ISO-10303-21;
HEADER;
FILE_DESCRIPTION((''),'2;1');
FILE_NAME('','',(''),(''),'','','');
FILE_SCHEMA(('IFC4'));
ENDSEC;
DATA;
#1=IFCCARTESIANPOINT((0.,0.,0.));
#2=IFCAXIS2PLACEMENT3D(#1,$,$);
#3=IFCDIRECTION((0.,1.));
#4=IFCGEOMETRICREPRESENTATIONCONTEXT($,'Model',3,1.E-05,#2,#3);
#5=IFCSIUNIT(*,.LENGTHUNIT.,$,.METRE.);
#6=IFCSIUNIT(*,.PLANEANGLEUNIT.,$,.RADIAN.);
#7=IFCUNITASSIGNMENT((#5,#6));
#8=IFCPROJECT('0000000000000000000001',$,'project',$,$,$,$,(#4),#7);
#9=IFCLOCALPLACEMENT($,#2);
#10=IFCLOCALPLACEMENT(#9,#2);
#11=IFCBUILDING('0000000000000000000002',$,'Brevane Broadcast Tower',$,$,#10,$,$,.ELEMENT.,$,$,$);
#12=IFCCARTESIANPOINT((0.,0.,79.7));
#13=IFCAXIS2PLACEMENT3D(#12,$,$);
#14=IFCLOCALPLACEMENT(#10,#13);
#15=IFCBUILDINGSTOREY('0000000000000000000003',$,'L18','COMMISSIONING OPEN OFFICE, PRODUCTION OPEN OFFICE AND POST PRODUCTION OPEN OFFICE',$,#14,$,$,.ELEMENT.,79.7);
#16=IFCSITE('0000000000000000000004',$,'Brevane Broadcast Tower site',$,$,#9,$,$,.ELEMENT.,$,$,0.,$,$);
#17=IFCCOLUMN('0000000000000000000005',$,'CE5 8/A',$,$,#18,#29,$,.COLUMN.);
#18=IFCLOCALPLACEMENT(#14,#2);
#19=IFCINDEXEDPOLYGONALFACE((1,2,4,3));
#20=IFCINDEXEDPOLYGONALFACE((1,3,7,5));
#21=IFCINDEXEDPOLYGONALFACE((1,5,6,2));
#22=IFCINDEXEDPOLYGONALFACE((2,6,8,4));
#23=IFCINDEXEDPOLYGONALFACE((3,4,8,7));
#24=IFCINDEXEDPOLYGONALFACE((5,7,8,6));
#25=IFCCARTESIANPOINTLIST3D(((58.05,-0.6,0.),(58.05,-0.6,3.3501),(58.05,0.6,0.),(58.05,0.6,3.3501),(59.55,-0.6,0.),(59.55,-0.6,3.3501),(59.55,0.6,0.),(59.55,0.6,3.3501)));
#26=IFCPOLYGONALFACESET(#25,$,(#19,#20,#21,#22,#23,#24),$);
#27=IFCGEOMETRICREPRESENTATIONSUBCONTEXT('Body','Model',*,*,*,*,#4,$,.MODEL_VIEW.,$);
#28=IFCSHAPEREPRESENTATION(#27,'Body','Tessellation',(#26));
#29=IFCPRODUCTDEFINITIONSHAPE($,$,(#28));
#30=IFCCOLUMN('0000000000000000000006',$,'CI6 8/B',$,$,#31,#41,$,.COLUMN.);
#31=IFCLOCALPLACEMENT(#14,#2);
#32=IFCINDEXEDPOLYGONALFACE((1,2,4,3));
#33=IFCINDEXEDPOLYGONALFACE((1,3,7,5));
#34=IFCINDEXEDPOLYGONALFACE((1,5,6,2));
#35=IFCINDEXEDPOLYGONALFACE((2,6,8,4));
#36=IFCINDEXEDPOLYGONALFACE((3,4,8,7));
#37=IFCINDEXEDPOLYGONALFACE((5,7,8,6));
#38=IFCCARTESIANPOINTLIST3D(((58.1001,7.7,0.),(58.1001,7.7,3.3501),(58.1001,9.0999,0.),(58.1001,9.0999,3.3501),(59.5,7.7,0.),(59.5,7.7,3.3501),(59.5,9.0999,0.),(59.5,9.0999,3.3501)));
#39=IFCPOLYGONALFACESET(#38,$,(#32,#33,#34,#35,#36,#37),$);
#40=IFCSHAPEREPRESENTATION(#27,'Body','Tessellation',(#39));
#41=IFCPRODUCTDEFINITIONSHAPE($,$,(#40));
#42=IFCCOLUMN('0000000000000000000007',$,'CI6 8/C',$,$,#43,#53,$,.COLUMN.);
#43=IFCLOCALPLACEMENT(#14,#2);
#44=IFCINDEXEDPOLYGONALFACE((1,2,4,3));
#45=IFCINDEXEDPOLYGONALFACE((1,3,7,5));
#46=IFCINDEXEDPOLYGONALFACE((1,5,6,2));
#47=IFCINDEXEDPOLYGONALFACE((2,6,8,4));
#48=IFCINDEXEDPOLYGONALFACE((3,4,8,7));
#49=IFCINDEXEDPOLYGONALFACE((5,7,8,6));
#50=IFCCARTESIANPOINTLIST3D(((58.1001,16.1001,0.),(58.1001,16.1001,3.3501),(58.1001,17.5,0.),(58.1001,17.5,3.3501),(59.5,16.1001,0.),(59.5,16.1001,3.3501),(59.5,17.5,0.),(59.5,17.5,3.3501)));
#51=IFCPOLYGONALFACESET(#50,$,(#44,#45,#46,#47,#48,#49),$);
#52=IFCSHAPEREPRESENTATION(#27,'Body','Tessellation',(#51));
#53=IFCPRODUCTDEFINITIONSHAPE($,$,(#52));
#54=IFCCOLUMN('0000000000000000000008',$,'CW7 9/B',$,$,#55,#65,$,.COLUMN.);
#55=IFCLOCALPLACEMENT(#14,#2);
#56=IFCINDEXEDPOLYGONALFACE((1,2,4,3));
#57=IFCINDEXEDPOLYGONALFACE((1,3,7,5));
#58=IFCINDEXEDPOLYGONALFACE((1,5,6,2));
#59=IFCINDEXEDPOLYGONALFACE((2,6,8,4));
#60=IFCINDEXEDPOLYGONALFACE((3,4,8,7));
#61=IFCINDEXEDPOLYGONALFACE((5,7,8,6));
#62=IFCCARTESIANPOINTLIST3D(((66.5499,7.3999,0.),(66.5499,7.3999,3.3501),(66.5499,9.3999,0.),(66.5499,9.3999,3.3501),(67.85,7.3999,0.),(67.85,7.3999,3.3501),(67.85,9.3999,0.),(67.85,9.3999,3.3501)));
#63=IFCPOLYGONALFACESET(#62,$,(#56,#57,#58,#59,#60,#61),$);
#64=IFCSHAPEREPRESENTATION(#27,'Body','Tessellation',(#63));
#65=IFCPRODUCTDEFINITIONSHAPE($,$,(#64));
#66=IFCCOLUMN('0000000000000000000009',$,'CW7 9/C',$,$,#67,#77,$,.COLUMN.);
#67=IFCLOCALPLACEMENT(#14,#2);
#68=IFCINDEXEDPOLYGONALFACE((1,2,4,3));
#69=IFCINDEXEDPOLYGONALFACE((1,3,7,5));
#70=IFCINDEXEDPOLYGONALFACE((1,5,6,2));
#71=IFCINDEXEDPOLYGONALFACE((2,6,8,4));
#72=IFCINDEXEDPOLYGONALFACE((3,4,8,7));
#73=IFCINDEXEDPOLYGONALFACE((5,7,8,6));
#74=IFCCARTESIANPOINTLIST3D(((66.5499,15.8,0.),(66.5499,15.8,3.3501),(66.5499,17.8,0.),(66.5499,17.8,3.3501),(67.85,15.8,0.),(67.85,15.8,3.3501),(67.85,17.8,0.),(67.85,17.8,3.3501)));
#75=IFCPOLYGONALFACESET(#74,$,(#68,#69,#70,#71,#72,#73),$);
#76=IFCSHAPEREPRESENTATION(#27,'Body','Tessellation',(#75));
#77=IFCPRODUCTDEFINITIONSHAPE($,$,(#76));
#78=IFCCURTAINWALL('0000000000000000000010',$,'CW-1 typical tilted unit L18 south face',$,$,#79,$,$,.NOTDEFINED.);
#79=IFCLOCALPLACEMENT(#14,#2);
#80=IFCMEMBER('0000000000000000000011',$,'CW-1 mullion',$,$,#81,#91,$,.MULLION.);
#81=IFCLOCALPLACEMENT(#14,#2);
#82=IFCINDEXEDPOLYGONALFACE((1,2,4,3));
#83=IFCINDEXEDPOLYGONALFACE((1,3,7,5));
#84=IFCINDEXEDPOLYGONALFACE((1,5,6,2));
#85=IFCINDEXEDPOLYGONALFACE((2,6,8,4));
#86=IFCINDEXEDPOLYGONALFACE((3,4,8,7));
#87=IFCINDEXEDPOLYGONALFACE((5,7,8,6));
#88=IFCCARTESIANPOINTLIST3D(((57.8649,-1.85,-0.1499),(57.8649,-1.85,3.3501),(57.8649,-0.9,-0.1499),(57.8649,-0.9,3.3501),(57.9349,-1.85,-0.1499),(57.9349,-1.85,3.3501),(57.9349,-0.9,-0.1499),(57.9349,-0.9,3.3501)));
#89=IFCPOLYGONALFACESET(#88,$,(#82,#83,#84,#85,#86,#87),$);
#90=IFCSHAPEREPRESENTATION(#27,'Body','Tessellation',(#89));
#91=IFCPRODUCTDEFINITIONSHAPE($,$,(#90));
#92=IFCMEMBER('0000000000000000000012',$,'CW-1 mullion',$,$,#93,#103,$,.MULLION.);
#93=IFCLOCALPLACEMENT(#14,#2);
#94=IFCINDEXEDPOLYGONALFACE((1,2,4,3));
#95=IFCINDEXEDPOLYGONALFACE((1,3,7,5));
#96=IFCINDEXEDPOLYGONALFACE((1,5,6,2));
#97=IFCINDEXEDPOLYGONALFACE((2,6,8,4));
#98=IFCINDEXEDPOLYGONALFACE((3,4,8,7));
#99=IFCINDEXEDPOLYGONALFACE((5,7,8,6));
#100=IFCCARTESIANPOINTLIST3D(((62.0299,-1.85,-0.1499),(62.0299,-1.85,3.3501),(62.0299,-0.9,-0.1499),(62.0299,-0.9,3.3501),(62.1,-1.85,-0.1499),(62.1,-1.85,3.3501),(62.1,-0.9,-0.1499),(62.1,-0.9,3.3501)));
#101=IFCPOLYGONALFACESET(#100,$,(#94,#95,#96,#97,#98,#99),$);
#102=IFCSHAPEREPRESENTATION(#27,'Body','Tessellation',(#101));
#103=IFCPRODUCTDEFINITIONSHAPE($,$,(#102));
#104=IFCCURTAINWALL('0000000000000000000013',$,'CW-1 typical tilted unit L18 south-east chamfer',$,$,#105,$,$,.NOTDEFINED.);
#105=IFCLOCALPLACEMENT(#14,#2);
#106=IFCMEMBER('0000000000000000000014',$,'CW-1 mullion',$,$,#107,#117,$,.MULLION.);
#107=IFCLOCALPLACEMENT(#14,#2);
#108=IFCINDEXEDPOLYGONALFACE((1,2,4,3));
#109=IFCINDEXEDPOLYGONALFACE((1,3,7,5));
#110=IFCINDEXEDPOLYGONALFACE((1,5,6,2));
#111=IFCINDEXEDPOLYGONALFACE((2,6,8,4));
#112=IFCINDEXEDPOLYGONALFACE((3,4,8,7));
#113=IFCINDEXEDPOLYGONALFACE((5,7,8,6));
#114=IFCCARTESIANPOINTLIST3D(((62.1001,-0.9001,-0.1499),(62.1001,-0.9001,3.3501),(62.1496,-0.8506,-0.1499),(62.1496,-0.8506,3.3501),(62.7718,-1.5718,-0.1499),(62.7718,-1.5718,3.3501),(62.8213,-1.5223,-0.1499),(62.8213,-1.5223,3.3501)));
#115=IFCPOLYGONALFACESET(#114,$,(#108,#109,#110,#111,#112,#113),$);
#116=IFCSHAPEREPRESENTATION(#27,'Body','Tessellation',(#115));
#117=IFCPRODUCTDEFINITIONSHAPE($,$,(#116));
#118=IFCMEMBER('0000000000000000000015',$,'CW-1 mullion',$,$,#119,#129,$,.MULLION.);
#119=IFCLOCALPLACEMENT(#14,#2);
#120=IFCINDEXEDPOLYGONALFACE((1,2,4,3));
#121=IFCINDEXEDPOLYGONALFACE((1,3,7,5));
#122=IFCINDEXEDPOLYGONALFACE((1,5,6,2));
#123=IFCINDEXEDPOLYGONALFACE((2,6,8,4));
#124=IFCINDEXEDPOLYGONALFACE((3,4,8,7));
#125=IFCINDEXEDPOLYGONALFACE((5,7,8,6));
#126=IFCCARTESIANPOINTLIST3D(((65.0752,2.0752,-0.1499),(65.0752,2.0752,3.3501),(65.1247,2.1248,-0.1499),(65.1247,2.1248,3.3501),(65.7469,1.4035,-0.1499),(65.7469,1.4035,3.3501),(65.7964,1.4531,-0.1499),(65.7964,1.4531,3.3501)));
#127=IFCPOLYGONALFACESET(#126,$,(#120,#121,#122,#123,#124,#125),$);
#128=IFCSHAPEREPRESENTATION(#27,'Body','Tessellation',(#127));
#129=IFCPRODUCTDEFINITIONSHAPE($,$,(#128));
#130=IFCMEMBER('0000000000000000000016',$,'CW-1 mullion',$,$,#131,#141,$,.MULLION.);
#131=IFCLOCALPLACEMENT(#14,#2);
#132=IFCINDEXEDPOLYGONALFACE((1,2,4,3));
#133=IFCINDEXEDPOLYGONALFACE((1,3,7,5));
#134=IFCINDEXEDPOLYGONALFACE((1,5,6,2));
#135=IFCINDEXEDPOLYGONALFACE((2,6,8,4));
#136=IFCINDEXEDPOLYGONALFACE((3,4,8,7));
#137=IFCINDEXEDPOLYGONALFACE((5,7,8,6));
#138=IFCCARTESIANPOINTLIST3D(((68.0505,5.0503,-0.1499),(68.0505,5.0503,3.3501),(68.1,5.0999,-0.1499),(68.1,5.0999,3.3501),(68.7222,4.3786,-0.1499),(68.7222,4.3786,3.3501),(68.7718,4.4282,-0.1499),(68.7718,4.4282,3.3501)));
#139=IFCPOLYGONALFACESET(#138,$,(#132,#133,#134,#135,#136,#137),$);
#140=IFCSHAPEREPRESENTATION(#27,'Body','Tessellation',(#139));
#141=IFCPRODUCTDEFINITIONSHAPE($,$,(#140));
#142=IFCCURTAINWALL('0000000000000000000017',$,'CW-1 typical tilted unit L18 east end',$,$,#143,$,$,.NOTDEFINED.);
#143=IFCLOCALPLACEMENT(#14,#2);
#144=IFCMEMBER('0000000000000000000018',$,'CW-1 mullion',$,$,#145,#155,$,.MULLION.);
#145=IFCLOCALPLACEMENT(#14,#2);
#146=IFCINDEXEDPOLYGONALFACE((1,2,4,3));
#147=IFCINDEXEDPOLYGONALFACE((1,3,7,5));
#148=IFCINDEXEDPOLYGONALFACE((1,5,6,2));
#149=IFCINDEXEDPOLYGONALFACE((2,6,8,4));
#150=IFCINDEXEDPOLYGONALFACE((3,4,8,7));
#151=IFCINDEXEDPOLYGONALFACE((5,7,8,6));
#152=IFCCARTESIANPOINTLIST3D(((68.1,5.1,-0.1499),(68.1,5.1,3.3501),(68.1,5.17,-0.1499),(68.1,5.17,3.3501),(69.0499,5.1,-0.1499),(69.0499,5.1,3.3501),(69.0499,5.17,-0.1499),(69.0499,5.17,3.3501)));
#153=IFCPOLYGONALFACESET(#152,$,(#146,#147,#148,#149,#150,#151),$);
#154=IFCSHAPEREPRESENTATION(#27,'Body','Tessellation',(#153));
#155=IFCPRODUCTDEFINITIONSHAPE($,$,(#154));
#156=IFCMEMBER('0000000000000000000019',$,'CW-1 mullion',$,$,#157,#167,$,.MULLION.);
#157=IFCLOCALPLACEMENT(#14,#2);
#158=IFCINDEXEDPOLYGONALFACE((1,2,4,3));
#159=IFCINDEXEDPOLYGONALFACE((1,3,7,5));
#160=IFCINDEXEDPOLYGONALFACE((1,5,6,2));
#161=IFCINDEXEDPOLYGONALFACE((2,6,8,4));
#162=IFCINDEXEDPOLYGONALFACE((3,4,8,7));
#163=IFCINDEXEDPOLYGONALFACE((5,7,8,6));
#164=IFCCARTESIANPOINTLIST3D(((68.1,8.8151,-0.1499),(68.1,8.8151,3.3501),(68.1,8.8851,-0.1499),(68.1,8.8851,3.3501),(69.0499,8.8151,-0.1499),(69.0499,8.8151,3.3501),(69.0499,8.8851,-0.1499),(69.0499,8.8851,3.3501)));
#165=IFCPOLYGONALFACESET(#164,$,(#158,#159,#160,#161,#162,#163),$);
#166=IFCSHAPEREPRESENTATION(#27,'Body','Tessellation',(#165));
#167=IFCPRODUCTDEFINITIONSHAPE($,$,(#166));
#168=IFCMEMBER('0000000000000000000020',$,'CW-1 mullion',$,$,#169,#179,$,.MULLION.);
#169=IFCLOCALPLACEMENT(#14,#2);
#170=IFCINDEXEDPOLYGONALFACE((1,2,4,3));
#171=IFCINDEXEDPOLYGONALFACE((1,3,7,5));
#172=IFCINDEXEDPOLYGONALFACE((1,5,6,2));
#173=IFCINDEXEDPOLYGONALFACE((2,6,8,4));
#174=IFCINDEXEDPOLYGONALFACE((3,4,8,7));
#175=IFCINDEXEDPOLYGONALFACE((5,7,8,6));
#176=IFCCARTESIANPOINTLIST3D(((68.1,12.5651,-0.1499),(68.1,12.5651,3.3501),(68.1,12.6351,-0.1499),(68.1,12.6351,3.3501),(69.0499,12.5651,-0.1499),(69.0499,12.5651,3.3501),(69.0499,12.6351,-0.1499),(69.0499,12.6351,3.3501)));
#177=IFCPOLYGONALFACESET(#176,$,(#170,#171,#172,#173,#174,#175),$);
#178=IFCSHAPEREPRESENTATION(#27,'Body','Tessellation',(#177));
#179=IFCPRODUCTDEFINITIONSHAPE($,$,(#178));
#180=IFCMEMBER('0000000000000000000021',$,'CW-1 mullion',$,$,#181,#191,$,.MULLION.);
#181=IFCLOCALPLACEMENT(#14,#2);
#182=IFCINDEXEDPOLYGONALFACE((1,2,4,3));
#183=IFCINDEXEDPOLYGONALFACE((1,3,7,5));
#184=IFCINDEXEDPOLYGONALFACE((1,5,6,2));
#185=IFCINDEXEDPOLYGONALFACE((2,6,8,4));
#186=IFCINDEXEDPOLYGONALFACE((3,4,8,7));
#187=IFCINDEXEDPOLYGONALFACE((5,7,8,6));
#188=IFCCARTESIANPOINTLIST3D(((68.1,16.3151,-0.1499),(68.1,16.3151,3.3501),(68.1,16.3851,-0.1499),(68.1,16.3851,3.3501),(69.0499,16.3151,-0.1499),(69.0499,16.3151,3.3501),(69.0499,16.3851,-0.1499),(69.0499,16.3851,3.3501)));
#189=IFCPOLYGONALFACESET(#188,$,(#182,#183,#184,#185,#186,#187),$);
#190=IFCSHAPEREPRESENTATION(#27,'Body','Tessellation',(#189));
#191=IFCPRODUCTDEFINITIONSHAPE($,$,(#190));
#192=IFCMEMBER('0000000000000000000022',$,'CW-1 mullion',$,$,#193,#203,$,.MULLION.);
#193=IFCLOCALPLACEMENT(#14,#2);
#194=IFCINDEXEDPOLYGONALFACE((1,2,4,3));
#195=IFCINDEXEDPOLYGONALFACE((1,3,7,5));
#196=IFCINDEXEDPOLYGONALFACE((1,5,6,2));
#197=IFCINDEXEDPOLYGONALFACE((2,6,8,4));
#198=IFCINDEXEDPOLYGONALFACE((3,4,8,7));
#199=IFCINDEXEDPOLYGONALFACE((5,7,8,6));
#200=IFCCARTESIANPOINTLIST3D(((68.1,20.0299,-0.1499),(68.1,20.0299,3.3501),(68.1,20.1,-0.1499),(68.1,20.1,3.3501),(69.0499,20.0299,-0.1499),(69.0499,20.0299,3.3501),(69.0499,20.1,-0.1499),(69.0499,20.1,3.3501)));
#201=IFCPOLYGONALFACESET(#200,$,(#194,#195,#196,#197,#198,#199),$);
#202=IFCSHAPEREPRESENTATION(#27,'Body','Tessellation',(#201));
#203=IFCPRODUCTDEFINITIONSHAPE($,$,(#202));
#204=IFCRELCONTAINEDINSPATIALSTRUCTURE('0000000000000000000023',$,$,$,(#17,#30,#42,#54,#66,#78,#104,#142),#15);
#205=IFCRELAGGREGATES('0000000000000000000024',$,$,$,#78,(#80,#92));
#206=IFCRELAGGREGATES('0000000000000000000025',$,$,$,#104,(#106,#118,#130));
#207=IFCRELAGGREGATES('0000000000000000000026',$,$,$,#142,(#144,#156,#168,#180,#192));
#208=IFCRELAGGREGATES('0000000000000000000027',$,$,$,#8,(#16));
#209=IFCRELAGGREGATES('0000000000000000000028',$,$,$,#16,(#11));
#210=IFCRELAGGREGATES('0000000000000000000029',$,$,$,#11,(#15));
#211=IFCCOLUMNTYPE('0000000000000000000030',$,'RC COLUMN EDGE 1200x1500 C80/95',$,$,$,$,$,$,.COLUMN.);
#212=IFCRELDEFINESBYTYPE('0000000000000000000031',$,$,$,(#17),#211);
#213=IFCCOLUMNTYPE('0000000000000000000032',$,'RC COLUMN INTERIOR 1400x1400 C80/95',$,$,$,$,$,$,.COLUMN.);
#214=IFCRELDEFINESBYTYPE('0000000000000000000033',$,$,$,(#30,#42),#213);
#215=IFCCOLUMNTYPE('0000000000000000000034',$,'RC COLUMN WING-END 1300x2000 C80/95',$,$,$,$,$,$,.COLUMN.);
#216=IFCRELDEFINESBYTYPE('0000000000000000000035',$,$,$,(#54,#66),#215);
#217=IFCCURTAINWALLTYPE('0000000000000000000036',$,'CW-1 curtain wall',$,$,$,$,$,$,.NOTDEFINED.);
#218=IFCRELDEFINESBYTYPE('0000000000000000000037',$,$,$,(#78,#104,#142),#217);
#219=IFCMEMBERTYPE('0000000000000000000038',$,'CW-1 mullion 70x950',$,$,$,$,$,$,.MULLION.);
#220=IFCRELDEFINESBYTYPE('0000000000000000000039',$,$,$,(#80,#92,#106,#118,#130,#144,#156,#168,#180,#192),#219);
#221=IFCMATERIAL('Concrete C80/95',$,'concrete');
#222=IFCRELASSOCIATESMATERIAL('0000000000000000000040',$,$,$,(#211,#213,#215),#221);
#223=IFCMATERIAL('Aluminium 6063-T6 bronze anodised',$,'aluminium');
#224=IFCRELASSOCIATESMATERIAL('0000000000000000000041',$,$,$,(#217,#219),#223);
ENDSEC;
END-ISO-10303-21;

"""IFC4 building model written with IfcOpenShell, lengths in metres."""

from ifc_helpers import new_model, si_unit, direction, frame, origin, origin_2d, place, context, subcontext, project, spatial, rectangle, extrude, material, material_profile, profile_set, type_object, element, aggregate, save


model = new_model("IFC4")

# Units and contexts
model_context = context("Model", 3, precision=1e-05, world=origin(), true_north=direction((0.0, 1.0)))
body_context = subcontext(model_context, "Body", "Model", "MODEL_VIEW")
ifc_project = project(units=[si_unit("LENGTHUNIT", "METRE"), si_unit("PLANEANGLEUNIT", "RADIAN")], contexts=[model_context])

# Site, building, storey
site_placement = place(None, origin())
site = spatial("IfcSite", under=ifc_project, at=site_placement, Name="Brevane Broadcast Tower site", CompositionType="ELEMENT", RefElevation=0.0)
building_placement = place(site_placement, origin())
building = spatial("IfcBuilding", under=site, at=building_placement, Name="Brevane Broadcast Tower", CompositionType="ELEMENT")
storey_placement = place(building_placement, frame((0.0, 0.0, 79.7)))
storey = spatial("IfcBuildingStorey", under=building, at=storey_placement, Name="L18", Description="COMMISSIONING OPEN OFFICE, PRODUCTION OPEN OFFICE AND POST PRODUCTION OPEN OFFICE", CompositionType="ELEMENT", Elevation=79.7)

# Columns
ifc_material_1 = material(Name="Concrete C80/95", Category="concrete")
ifc_material_profile_1 = material_profile(ifc_material_1, rectangle(XDim=1.2, YDim=1.5, at=origin_2d()), Name="RC 1200x1500")
ifc_profile_set_1 = profile_set([ifc_material_profile_1], Name="Concrete C80/95")
column_type_1 = type_object("IfcColumnType", Name="RC COLUMN EDGE 1200x1500 C80/95", PredefinedType="COLUMN", material=ifc_profile_set_1)
column_placement = place(storey_placement, frame((58.8, 0.0, 0.0), z_axis=(0.0, 0.0, 1.0), x_axis=(0.0, 1.0, 0.0)))
element("IfcColumn", 1, at=column_placement, inside=storey, type_object=column_type_1, Name="CE5 8/A", PredefinedType="COLUMN", context=body_context, shape_type="SweptSolid", body=[
    extrude(rectangle(XDim=1.2, YDim=1.5, at=origin_2d()), origin(), (0.0, 0.0, 1.0), 3.3501),
])
ifc_material_profile_2 = material_profile(ifc_material_1, rectangle(XDim=1.3999, YDim=1.3999, at=origin_2d()), Name="RC 1400x1400")
ifc_profile_set_2 = profile_set([ifc_material_profile_2], Name="Concrete C80/95")
column_type_2 = type_object("IfcColumnType", Name="RC COLUMN INTERIOR 1400x1400 C80/95", PredefinedType="COLUMN", material=ifc_profile_set_2)
for number, where, z_axis, x_axis, name in (
    (2, (58.8, 8.3999, 0.0), (0.0, 0.0, 1.0), (1.0, 0.0, 0.0), "CI6 8/B"),
    (3, (58.8, 16.8, 0.0), (0.0, 0.0, 1.0), (1.0, 0.0, 0.0), "CI6 8/C"),
):
    element("IfcColumn", number, at=place(storey_placement, frame(where, z_axis=z_axis, x_axis=x_axis)), inside=storey, type_object=column_type_2, Name=name, PredefinedType="COLUMN", context=body_context, shape_type="SweptSolid", body=[
        extrude(rectangle(XDim=1.3999, YDim=1.3999, at=origin_2d()), origin(), (0.0, 0.0, 1.0), 3.3501),
    ])
ifc_material_profile_3 = material_profile(ifc_material_1, rectangle(XDim=1.3, YDim=2.0, at=origin_2d()), Name="RC 1300x2000")
ifc_profile_set_3 = profile_set([ifc_material_profile_3], Name="Concrete C80/95")
column_type_3 = type_object("IfcColumnType", Name="RC COLUMN WING-END 1300x2000 C80/95", PredefinedType="COLUMN", material=ifc_profile_set_3)
for number, where, z_axis, x_axis, name in (
    (4, (67.2, 8.3999, 0.0), (0.0, 0.0, 1.0), (1.0, 0.0, 0.0), "CW7 9/B"),
    (5, (67.2, 16.8, 0.0), (0.0, 0.0, 1.0), (1.0, 0.0, 0.0), "CW7 9/C"),
):
    element("IfcColumn", number, at=place(storey_placement, frame(where, z_axis=z_axis, x_axis=x_axis)), inside=storey, type_object=column_type_3, Name=name, PredefinedType="COLUMN", context=body_context, shape_type="SweptSolid", body=[
        extrude(rectangle(XDim=1.3, YDim=2.0, at=origin_2d()), origin(), (0.0, 0.0, 1.0), 3.3501),
    ])

# Curtain walls, members
ifc_material_2 = material(Name="Aluminium 6063-T6 bronze anodised", Category="aluminium")
curtain_wall_type = type_object("IfcCurtainWallType", Name="CW-1 curtain wall", PredefinedType="NOTDEFINED", material=ifc_material_2)
curtain_wall_1_placement = place(storey_placement, origin())
curtain_wall_1 = element("IfcCurtainWall", 6, at=curtain_wall_1_placement, inside=storey, type_object=curtain_wall_type, Name="CW-1 typical tilted unit L18 south face", PredefinedType="NOTDEFINED")
ifc_material_profile_4 = material_profile(ifc_material_2, rectangle(XDim=0.95, YDim=0.0701, at=origin_2d()), Name="RECT 70x950")
ifc_profile_set_4 = profile_set([ifc_material_profile_4], Name="Aluminium 6063-T6 bronze anodised")
member_type_1 = type_object("IfcMemberType", Name="CW-1 mullion 70x950", PredefinedType="MULLION", material=ifc_profile_set_4)
member_1_placement = place(storey_placement, frame((57.8999, -1.375, -0.1499), z_axis=(0.0, 0.0, 1.0), x_axis=(0.0, 1.0, 0.0)))
member_1 = element("IfcMember", 7, at=member_1_placement, type_object=member_type_1, Name="CW-1 mullion", PredefinedType="MULLION", context=body_context, shape_type="SweptSolid", body=[
    extrude(rectangle(XDim=0.95, YDim=0.0701, at=origin_2d()), origin(), (0.0, 0.0, 1.0), 3.5),
])
member_2_placement = place(storey_placement, frame((62.0649, -1.375, -0.1499), z_axis=(0.0, 0.0, 1.0), x_axis=(0.0, 1.0, 0.0)))
member_2 = element("IfcMember", 8, at=member_2_placement, type_object=member_type_1, Name="CW-1 mullion", PredefinedType="MULLION", context=body_context, shape_type="SweptSolid", body=[
    extrude(rectangle(XDim=0.95, YDim=0.0701, at=origin_2d()), origin(), (0.0, 0.0, 1.0), 3.5),
])
aggregate(curtain_wall_1, [member_1, member_2])
curtain_wall_2_placement = place(storey_placement, origin())
curtain_wall_2 = element("IfcCurtainWall", 9, at=curtain_wall_2_placement, inside=storey, type_object=curtain_wall_type, Name="CW-1 typical tilted unit L18 south-east chamfer", PredefinedType="NOTDEFINED")
member_3_placement = place(storey_placement, frame((62.4607, -1.2112, -0.1499), z_axis=(0.0, 0.0, 1.0), x_axis=(-0.707107, 0.707107, 0.0)))
member_3 = element("IfcMember", 10, at=member_3_placement, type_object=member_type_1, Name="CW-1 mullion", PredefinedType="MULLION", context=body_context, shape_type="SweptSolid", body=[
    extrude(rectangle(XDim=0.95, YDim=0.0701, at=origin_2d()), origin(), (0.0, 0.0, 1.0), 3.5),
])
member_4_placement = place(storey_placement, frame((65.4358, 1.7642, -0.1499), z_axis=(0.0, 0.0, 1.0), x_axis=(-0.707107, 0.707107, 0.0)))
member_4 = element("IfcMember", 11, at=member_4_placement, type_object=member_type_1, Name="CW-1 mullion", PredefinedType="MULLION", context=body_context, shape_type="SweptSolid", body=[
    extrude(rectangle(XDim=0.95, YDim=0.0701, at=origin_2d()), origin(), (0.0, 0.0, 1.0), 3.5),
])
member_5_placement = place(storey_placement, frame((68.4111, 4.7393, -0.1499), z_axis=(0.0, 0.0, 1.0), x_axis=(-0.707107, 0.707107, 0.0)))
member_5 = element("IfcMember", 12, at=member_5_placement, type_object=member_type_1, Name="CW-1 mullion", PredefinedType="MULLION", context=body_context, shape_type="SweptSolid", body=[
    extrude(rectangle(XDim=0.95, YDim=0.0701, at=origin_2d()), origin(), (0.0, 0.0, 1.0), 3.5),
])
curtain_wall_3_placement = place(storey_placement, origin())
curtain_wall_3 = element("IfcCurtainWall", 13, at=curtain_wall_3_placement, inside=storey, type_object=curtain_wall_type, Name="CW-1 typical tilted unit L18 east end", PredefinedType="NOTDEFINED")
member_6_placement = place(storey_placement, frame((68.575, 5.135, -0.1499), z_axis=(0.0, 0.0, 1.0), x_axis=(-1.0, 0.0, 0.0)))
member_6 = element("IfcMember", 14, at=member_6_placement, type_object=member_type_1, Name="CW-1 mullion", PredefinedType="MULLION", context=body_context, shape_type="SweptSolid", body=[
    extrude(rectangle(XDim=0.95, YDim=0.0701, at=origin_2d()), origin(), (0.0, 0.0, 1.0), 3.5),
])
member_7_placement = place(storey_placement, frame((68.575, 8.8501, -0.1499), z_axis=(0.0, 0.0, 1.0), x_axis=(-1.0, 0.0, 0.0)))
member_7 = element("IfcMember", 15, at=member_7_placement, type_object=member_type_1, Name="CW-1 mullion", PredefinedType="MULLION", context=body_context, shape_type="SweptSolid", body=[
    extrude(rectangle(XDim=0.95, YDim=0.0701, at=origin_2d()), origin(), (0.0, 0.0, 1.0), 3.5),
])
member_8_placement = place(storey_placement, frame((68.575, 12.6001, -0.1499), z_axis=(0.0, 0.0, 1.0), x_axis=(-1.0, 0.0, 0.0)))
member_8 = element("IfcMember", 16, at=member_8_placement, type_object=member_type_1, Name="CW-1 mullion", PredefinedType="MULLION", context=body_context, shape_type="SweptSolid", body=[
    extrude(rectangle(XDim=0.95, YDim=0.0701, at=origin_2d()), origin(), (0.0, 0.0, 1.0), 3.5),
])
member_9_placement = place(storey_placement, frame((68.575, 16.3501, -0.1499), z_axis=(0.0, 0.0, 1.0), x_axis=(-1.0, 0.0, 0.0)))
member_9 = element("IfcMember", 17, at=member_9_placement, type_object=member_type_1, Name="CW-1 mullion", PredefinedType="MULLION", context=body_context, shape_type="SweptSolid", body=[
    extrude(rectangle(XDim=0.95, YDim=0.0701, at=origin_2d()), origin(), (0.0, 0.0, 1.0), 3.5),
])
member_10_placement = place(storey_placement, frame((68.575, 20.0649, -0.1499), z_axis=(0.0, 0.0, 1.0), x_axis=(-1.0, 0.0, 0.0)))
member_10 = element("IfcMember", 18, at=member_10_placement, type_object=member_type_1, Name="CW-1 mullion", PredefinedType="MULLION", context=body_context, shape_type="SweptSolid", body=[
    extrude(rectangle(XDim=0.95, YDim=0.0701, at=origin_2d()), origin(), (0.0, 0.0, 1.0), 3.5),
])

aggregate(curtain_wall_2, [member_3, member_4, member_5])
aggregate(curtain_wall_3, [member_6, member_7, member_8, member_9, member_10])

save(model, "model.ifc")
